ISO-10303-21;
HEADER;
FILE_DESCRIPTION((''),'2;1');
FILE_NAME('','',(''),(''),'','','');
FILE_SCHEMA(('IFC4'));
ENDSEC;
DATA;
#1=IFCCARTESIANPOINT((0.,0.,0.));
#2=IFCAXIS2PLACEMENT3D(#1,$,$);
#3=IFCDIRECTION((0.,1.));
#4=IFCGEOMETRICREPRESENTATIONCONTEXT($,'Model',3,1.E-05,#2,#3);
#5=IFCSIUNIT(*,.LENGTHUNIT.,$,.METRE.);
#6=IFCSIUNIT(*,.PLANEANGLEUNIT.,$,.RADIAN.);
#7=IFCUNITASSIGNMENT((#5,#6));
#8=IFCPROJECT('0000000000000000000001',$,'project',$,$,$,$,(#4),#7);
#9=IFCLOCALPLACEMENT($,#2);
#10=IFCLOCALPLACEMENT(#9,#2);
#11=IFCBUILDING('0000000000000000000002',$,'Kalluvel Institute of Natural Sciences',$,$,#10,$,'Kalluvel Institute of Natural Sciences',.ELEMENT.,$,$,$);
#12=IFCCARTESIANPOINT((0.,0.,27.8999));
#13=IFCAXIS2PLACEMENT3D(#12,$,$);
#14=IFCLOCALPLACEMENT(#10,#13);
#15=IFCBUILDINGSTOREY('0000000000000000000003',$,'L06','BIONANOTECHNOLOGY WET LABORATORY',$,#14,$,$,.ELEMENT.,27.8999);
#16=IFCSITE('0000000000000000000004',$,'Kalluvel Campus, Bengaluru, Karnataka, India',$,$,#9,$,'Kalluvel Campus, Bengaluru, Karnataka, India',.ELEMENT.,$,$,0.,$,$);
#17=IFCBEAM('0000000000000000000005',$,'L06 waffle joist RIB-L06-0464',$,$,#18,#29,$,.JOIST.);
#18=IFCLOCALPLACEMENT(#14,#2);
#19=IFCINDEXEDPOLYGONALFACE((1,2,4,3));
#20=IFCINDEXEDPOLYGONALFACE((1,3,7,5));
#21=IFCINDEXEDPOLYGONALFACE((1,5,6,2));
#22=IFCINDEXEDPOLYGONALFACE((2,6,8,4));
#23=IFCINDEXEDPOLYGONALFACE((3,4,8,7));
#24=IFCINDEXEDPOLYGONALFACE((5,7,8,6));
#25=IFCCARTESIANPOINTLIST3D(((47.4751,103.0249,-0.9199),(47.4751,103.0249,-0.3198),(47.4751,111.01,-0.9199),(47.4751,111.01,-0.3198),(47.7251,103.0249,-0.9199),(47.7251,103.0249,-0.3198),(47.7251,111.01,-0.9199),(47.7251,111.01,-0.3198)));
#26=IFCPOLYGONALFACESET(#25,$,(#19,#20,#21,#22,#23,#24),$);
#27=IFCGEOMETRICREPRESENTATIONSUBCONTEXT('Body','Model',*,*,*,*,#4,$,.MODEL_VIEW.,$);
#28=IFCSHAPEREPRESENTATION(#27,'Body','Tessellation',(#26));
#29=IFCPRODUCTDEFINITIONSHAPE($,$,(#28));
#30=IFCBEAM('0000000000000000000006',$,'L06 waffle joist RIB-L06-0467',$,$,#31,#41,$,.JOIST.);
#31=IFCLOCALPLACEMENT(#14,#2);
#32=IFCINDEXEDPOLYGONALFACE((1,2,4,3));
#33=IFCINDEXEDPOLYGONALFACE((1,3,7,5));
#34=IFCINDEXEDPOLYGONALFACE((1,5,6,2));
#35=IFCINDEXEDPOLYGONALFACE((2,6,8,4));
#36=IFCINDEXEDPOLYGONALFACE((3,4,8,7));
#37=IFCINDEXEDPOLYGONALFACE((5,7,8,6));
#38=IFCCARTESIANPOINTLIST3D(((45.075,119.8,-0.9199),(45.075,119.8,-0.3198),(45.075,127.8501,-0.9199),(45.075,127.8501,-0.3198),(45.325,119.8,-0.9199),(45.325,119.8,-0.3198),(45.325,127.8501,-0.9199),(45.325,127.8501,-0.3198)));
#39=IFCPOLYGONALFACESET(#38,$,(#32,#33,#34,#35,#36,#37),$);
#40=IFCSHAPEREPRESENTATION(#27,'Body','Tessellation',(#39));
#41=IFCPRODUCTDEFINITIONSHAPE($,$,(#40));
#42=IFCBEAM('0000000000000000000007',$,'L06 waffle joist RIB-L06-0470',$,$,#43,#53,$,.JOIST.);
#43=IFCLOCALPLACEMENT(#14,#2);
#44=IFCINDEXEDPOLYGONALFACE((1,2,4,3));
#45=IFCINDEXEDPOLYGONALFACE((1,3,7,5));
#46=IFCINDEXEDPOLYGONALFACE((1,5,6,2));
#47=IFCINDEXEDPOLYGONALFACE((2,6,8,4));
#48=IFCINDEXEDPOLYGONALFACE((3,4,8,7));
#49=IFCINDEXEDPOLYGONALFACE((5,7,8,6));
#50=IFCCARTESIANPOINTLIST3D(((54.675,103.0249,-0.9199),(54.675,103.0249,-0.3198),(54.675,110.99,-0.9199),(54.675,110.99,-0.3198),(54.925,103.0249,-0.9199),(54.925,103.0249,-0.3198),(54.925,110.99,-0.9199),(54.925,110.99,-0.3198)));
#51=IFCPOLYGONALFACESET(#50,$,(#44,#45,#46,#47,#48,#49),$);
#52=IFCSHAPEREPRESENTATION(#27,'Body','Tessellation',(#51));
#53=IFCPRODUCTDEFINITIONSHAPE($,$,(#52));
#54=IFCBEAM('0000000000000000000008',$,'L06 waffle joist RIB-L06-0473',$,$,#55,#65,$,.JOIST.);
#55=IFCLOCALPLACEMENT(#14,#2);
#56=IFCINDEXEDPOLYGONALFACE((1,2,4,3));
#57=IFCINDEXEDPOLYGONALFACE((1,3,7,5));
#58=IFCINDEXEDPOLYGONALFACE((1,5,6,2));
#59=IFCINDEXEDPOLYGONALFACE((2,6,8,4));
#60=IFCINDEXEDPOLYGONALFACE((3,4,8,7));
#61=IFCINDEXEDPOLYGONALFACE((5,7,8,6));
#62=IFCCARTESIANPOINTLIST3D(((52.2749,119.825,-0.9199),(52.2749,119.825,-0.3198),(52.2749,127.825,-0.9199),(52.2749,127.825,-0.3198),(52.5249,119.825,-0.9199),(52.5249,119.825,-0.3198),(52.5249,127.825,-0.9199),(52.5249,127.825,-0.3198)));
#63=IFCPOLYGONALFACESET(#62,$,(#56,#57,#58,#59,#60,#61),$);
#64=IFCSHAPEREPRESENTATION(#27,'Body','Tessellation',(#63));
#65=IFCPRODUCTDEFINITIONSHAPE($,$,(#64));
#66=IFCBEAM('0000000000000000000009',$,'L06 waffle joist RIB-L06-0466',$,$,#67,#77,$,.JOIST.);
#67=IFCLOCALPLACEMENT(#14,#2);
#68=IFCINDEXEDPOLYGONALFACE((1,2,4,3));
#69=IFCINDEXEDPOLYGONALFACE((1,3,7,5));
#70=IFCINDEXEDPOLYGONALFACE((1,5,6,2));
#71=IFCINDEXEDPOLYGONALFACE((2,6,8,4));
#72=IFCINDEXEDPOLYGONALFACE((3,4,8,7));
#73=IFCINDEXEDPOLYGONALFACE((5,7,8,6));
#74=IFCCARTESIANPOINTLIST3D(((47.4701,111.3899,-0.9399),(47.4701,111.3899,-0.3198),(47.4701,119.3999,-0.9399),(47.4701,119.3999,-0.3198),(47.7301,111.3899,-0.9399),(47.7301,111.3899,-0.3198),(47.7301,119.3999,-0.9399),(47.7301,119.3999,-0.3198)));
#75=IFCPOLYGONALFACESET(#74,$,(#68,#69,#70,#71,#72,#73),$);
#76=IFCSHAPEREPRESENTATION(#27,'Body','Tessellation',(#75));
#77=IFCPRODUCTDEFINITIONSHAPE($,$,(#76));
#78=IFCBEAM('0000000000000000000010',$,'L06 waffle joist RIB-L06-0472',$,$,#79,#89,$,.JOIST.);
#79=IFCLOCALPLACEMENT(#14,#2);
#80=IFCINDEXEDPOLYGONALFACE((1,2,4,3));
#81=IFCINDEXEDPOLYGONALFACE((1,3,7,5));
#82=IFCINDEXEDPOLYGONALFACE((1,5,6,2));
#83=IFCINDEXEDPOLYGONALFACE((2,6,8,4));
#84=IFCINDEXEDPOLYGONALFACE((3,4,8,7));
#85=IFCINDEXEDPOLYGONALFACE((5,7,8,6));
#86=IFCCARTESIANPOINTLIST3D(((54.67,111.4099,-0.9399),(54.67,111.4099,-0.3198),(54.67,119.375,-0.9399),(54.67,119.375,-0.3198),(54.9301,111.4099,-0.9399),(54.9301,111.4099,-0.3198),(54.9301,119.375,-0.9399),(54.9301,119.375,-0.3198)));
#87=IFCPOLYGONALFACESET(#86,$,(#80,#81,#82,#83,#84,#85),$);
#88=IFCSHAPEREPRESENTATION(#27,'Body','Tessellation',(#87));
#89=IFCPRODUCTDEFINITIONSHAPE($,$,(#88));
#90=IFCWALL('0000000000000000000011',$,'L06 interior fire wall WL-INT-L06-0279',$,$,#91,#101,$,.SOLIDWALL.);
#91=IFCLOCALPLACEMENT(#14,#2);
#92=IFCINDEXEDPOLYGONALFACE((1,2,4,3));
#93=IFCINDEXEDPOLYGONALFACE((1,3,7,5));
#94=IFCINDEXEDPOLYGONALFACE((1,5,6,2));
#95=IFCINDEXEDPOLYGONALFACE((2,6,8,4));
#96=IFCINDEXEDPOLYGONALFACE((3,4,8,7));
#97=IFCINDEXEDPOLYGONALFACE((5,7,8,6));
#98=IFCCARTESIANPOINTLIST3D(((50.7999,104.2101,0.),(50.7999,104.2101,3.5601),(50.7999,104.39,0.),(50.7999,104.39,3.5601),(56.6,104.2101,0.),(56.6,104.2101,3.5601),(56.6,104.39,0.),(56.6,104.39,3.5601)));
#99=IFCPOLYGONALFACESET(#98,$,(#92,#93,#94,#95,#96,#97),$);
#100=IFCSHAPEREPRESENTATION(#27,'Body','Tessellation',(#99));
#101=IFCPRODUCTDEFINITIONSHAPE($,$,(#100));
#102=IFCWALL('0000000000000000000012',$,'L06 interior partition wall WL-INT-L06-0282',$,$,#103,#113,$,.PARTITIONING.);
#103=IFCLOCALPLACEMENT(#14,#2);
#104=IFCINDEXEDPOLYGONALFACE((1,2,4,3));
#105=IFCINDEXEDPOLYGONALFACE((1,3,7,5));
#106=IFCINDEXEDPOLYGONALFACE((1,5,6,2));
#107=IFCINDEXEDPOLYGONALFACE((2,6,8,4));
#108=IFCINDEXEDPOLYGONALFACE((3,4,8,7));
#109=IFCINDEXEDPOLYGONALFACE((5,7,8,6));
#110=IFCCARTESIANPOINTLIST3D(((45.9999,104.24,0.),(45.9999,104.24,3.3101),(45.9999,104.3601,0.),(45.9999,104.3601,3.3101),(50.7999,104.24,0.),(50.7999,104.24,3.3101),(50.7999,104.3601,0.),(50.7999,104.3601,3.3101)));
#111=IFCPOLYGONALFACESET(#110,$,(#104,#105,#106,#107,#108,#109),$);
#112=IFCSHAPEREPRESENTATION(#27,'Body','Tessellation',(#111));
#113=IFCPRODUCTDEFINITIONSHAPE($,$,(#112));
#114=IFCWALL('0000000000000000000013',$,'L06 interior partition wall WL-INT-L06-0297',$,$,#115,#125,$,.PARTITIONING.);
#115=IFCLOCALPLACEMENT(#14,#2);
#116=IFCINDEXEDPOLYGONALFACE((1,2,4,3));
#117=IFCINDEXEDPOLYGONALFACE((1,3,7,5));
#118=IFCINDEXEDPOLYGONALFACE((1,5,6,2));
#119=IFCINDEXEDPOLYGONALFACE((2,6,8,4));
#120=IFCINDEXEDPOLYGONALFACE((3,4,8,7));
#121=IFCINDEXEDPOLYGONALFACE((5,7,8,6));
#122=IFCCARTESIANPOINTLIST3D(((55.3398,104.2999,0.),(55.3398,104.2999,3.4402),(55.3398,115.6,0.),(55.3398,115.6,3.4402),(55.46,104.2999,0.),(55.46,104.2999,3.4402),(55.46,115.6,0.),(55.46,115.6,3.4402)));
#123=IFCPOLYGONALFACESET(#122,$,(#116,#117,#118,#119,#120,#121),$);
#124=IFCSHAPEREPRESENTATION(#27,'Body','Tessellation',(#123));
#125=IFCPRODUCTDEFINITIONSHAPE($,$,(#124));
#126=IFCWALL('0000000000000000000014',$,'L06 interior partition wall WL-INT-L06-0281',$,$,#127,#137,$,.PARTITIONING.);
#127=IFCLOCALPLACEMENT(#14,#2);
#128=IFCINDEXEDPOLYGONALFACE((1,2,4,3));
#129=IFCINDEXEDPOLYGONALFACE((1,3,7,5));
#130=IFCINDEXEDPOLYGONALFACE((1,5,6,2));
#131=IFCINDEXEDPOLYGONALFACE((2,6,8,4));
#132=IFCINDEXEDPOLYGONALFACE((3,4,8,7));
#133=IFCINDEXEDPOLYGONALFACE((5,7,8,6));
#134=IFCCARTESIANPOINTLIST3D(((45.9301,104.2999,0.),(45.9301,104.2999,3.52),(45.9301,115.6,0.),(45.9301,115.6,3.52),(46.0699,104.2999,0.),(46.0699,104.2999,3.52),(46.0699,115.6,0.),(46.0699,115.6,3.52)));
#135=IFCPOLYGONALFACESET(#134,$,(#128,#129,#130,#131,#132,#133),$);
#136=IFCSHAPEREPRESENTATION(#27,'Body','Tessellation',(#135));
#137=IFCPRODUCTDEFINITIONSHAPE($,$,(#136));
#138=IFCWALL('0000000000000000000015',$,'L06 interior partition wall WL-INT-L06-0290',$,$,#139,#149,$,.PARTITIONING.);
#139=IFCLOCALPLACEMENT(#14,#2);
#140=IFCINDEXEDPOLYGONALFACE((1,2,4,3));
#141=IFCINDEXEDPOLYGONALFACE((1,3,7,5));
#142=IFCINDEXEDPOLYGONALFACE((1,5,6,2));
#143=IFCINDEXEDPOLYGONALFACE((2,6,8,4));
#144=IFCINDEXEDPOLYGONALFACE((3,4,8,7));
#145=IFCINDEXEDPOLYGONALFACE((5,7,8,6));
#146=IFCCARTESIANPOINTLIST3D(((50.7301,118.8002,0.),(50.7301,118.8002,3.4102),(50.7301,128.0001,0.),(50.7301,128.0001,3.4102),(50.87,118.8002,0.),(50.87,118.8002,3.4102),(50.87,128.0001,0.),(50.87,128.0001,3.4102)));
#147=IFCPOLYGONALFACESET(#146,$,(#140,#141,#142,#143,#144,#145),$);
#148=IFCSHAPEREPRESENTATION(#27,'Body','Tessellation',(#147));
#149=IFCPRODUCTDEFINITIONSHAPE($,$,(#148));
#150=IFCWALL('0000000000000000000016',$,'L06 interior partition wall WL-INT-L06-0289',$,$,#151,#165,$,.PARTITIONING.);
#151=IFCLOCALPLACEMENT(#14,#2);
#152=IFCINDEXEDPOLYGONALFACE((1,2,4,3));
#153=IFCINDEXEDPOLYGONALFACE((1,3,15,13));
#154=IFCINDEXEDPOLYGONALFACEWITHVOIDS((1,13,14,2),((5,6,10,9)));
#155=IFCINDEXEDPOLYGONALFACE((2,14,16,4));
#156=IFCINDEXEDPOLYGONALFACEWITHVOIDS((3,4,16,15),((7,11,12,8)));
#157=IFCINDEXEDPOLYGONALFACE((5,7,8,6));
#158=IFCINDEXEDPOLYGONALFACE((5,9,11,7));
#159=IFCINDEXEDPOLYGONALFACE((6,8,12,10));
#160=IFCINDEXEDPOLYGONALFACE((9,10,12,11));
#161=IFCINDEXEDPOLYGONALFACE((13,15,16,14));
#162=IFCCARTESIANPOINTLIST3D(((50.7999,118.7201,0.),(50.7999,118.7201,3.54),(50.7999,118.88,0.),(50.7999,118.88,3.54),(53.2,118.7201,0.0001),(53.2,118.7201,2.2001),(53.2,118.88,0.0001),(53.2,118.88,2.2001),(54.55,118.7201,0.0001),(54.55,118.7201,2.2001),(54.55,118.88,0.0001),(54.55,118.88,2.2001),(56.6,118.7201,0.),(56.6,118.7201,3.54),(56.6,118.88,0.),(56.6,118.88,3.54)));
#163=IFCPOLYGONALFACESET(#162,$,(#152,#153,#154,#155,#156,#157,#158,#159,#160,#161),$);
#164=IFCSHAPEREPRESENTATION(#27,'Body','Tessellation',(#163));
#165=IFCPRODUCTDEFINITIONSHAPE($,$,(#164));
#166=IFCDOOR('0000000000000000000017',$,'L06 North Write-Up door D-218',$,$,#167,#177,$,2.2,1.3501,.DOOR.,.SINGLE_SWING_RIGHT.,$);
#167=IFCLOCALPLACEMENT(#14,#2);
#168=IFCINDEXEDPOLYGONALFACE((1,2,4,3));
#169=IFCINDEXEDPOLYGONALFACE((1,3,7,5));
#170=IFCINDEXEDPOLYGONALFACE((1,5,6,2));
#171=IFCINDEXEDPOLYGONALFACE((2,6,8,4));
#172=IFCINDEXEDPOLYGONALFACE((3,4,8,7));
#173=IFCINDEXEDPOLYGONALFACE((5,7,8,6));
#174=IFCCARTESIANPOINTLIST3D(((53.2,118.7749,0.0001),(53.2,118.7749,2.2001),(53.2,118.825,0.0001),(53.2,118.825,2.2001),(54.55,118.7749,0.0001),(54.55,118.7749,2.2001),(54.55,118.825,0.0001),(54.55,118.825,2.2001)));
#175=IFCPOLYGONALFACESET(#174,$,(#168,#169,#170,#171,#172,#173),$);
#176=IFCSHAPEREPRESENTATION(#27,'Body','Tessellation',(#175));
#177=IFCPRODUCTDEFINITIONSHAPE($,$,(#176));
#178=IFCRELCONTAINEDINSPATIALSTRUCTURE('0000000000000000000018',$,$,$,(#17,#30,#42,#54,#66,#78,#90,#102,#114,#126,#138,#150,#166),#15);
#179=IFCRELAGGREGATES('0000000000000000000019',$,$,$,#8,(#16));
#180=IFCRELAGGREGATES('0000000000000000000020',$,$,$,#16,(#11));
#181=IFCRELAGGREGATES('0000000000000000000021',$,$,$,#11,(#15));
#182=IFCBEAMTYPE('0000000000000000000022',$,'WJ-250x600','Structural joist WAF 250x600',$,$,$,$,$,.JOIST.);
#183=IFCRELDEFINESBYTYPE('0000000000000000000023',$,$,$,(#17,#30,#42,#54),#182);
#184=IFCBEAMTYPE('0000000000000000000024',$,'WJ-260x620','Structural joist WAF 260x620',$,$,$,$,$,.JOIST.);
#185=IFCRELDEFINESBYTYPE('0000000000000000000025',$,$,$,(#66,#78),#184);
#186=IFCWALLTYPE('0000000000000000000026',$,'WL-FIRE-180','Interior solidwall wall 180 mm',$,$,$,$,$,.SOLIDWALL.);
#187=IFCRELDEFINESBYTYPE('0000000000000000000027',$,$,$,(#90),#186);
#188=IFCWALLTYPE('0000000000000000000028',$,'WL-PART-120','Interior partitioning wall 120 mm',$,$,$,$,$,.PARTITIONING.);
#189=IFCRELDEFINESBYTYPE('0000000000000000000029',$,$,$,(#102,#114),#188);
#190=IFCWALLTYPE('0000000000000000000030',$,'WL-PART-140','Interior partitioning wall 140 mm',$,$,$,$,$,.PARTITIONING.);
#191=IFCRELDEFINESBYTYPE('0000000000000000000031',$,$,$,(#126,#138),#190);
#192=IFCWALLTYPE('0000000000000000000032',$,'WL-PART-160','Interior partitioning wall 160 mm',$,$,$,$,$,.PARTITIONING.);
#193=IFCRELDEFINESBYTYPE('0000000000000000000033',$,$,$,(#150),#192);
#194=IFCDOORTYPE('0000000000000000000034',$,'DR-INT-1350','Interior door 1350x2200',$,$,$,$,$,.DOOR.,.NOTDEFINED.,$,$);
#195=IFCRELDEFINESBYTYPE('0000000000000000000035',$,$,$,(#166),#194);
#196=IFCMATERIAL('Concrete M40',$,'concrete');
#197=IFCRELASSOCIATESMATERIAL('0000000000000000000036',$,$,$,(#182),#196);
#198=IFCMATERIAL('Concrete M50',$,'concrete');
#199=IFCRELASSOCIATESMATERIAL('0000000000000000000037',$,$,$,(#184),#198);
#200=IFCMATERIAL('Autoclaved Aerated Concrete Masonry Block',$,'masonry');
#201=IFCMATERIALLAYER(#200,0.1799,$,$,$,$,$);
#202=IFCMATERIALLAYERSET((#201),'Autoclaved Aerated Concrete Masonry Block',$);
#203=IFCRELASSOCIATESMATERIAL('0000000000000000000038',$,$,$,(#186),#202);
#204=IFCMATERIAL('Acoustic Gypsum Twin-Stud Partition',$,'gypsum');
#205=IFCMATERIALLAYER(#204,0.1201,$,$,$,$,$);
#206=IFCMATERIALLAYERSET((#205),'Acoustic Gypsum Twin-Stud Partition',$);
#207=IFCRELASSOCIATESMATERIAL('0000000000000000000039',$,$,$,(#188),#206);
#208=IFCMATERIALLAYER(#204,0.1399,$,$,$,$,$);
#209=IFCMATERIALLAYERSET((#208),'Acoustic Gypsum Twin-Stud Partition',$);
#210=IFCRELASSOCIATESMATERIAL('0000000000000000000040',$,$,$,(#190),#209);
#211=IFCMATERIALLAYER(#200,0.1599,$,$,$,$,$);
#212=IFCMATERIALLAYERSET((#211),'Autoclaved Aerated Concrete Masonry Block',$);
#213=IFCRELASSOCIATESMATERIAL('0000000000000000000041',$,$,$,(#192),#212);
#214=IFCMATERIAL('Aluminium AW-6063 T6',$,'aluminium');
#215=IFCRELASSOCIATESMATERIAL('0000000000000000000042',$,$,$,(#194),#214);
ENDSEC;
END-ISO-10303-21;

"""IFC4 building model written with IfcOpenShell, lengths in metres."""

from ifc_helpers import new_model, si_unit, direction, frame, frame_2d, origin, origin_2d, place, context, subcontext, project, spatial, rectangle, extrude, material, layer, layer_set, material_profile, profile_set, type_object, element, fill, save


model = new_model("IFC4")

# Units and contexts
model_context = context("Model", 3, precision=1e-05, world=origin(), true_north=direction((0.0, 1.0)))
body_context = subcontext(model_context, "Body", "Model", "MODEL_VIEW")
ifc_project = project(units=[si_unit("LENGTHUNIT", "METRE"), si_unit("PLANEANGLEUNIT", "RADIAN")], contexts=[model_context])

# Site, building, storey
site_placement = place(None, origin())
site = spatial("IfcSite", under=ifc_project, at=site_placement, Name="Kalluvel Campus, Bengaluru, Karnataka, India", LongName="Kalluvel Campus, Bengaluru, Karnataka, India", CompositionType="ELEMENT", RefElevation=0.0)
building_placement = place(site_placement, origin())
building = spatial("IfcBuilding", under=site, at=building_placement, Name="Kalluvel Institute of Natural Sciences", LongName="Kalluvel Institute of Natural Sciences", CompositionType="ELEMENT")
storey_placement = place(building_placement, frame((0.0, 0.0, 27.8999)))
storey = spatial("IfcBuildingStorey", under=building, at=storey_placement, Name="L06", Description="BIONANOTECHNOLOGY WET LABORATORY", CompositionType="ELEMENT", Elevation=27.8999)

# Shared definitions
ifc_material_1 = material(Name="Concrete M40", Category="concrete")

# Beams
ifc_material_2 = material(Name="Concrete M50", Category="concrete")
ifc_material_profile_1 = material_profile(ifc_material_1, rectangle(XDim=0.25, YDim=0.6001, at=origin_2d()), Name="WAF 250x600")
ifc_profile_set_1 = profile_set([ifc_material_profile_1], Name="Concrete M40")
beam_type_1 = type_object("IfcBeamType", Name="WJ-250x600", Description="Structural joist WAF 250x600", PredefinedType="JOIST", material=ifc_profile_set_1)
beam_1_placement = place(storey_placement, frame((47.6001, 103.0249, -0.6199), z_axis=(0.0, 1.0, 0.0), x_axis=(-1.0, 0.0, 0.0)))
element("IfcBeam", 1, at=beam_1_placement, inside=storey, type_object=beam_type_1, Name="L06 waffle joist RIB-L06-0464", PredefinedType="JOIST", context=body_context, shape_type="SweptSolid", body=[
    extrude(rectangle(XDim=0.25, YDim=0.6001, at=origin_2d()), origin(), (0.0, 0.0, 1.0), 7.9851),
])
beam_2_placement = place(storey_placement, frame((45.2, 119.8, -0.6199), z_axis=(0.0, 1.0, 0.0), x_axis=(-1.0, 0.0, 0.0)))
element("IfcBeam", 2, at=beam_2_placement, inside=storey, type_object=beam_type_1, Name="L06 waffle joist RIB-L06-0467", PredefinedType="JOIST", context=body_context, shape_type="SweptSolid", body=[
    extrude(rectangle(XDim=0.25, YDim=0.6001, at=origin_2d()), origin(), (0.0, 0.0, 1.0), 8.05),
])
beam_3_placement = place(storey_placement, frame((54.8, 103.0249, -0.6199), z_axis=(0.0, 1.0, 0.0), x_axis=(-1.0, 0.0, 0.0)))
element("IfcBeam", 3, at=beam_3_placement, inside=storey, type_object=beam_type_1, Name="L06 waffle joist RIB-L06-0470", PredefinedType="JOIST", context=body_context, shape_type="SweptSolid", body=[
    extrude(rectangle(XDim=0.25, YDim=0.6001, at=origin_2d()), origin(), (0.0, 0.0, 1.0), 7.9651),
])
beam_4_placement = place(storey_placement, frame((52.3999, 119.825, -0.6199), z_axis=(0.0, 1.0, 0.0), x_axis=(-1.0, 0.0, 0.0)))
element("IfcBeam", 4, at=beam_4_placement, inside=storey, type_object=beam_type_1, Name="L06 waffle joist RIB-L06-0473", PredefinedType="JOIST", context=body_context, shape_type="SweptSolid", body=[
    extrude(rectangle(XDim=0.25, YDim=0.6001, at=origin_2d()), origin(), (0.0, 0.0, 1.0), 8.0),
])
ifc_material_profile_2 = material_profile(ifc_material_2, rectangle(XDim=0.26, YDim=0.6201, at=origin_2d()), Name="WAF 260x620")
ifc_profile_set_2 = profile_set([ifc_material_profile_2], Name="Concrete M50")
beam_type_2 = type_object("IfcBeamType", Name="WJ-260x620", Description="Structural joist WAF 260x620", PredefinedType="JOIST", material=ifc_profile_set_2)
beam_5_placement = place(storey_placement, frame((47.6001, 111.3899, -0.6299), z_axis=(0.0, 1.0, 0.0), x_axis=(-1.0, 0.0, 0.0)))
element("IfcBeam", 5, at=beam_5_placement, inside=storey, type_object=beam_type_2, Name="L06 waffle joist RIB-L06-0466", PredefinedType="JOIST", context=body_context, shape_type="SweptSolid", body=[
    extrude(rectangle(XDim=0.26, YDim=0.6201, at=origin_2d()), origin(), (0.0, 0.0, 1.0), 8.01),
])
beam_6_placement = place(storey_placement, frame((54.8, 111.4099, -0.6299), z_axis=(0.0, 1.0, 0.0), x_axis=(-1.0, 0.0, 0.0)))
element("IfcBeam", 6, at=beam_6_placement, inside=storey, type_object=beam_type_2, Name="L06 waffle joist RIB-L06-0472", PredefinedType="JOIST", context=body_context, shape_type="SweptSolid", body=[
    extrude(rectangle(XDim=0.26, YDim=0.6201, at=origin_2d()), origin(), (0.0, 0.0, 1.0), 7.9651),
])

# Walls
ifc_material_3 = material(Name="Autoclaved Aerated Concrete Masonry Block", Category="masonry")
ifc_layer_1 = layer(ifc_material_3, 0.1799)
ifc_layer_set_1 = layer_set([ifc_layer_1], Name="Autoclaved Aerated Concrete Masonry Block")
wall_type_1 = type_object("IfcWallType", Name="WL-FIRE-180", Description="Interior solidwall wall 180 mm", PredefinedType="SOLIDWALL", material=ifc_layer_set_1)
wall_1_placement = place(storey_placement, frame((50.8, 104.3, 0.0), z_axis=(0.0, 0.0, 1.0), x_axis=(1.0, 0.0, 0.0)))
element("IfcWall", 7, at=wall_1_placement, inside=storey, type_object=wall_type_1, Name="L06 interior fire wall WL-INT-L06-0279", PredefinedType="SOLIDWALL", context=body_context, shape_type="SweptSolid", body=[
    extrude(rectangle(XDim=5.8, YDim=0.1799, at=frame_2d((2.8999, 0.0))), origin(), (0.0, 0.0, 1.0), 3.5601),
])
ifc_material_4 = material(Name="Acoustic Gypsum Twin-Stud Partition", Category="gypsum")
ifc_layer_2 = layer(ifc_material_4, 0.1201)
ifc_layer_set_2 = layer_set([ifc_layer_2], Name="Acoustic Gypsum Twin-Stud Partition")
wall_type_2 = type_object("IfcWallType", Name="WL-PART-120", Description="Interior partitioning wall 120 mm", PredefinedType="PARTITIONING", material=ifc_layer_set_2)
wall_2_placement = place(storey_placement, frame((46.0, 104.3, 0.0), z_axis=(0.0, 0.0, 1.0), x_axis=(1.0, 0.0, 0.0)))
element("IfcWall", 8, at=wall_2_placement, inside=storey, type_object=wall_type_2, Name="L06 interior partition wall WL-INT-L06-0282", PredefinedType="PARTITIONING", context=body_context, shape_type="SweptSolid", body=[
    extrude(rectangle(XDim=4.8, YDim=0.1201, at=frame_2d((2.3999, 0.0))), origin(), (0.0, 0.0, 1.0), 3.3101),
])
wall_3_placement = place(storey_placement, frame((55.3999, 104.3, 0.0), z_axis=(0.0, 0.0, 1.0), x_axis=(0.0, 1.0, 0.0)))
element("IfcWall", 9, at=wall_3_placement, inside=storey, type_object=wall_type_2, Name="L06 interior partition wall WL-INT-L06-0297", PredefinedType="PARTITIONING", context=body_context, shape_type="SweptSolid", body=[
    extrude(rectangle(XDim=11.3, YDim=0.1201, at=frame_2d((5.6499, 0.0))), origin(), (0.0, 0.0, 1.0), 3.4402),
])
ifc_layer_3 = layer(ifc_material_4, 0.1399)
ifc_layer_set_3 = layer_set([ifc_layer_3], Name="Acoustic Gypsum Twin-Stud Partition")
wall_type_3 = type_object("IfcWallType", Name="WL-PART-140", Description="Interior partitioning wall 140 mm", PredefinedType="PARTITIONING", material=ifc_layer_set_3)
wall_4_placement = place(storey_placement, frame((46.0, 104.3, 0.0), z_axis=(0.0, 0.0, 1.0), x_axis=(0.0, 1.0, 0.0)))
element("IfcWall", 10, at=wall_4_placement, inside=storey, type_object=wall_type_3, Name="L06 interior partition wall WL-INT-L06-0281", PredefinedType="PARTITIONING", context=body_context, shape_type="SweptSolid", body=[
    extrude(rectangle(XDim=11.3, YDim=0.1399, at=frame_2d((5.6499, 0.0))), origin(), (0.0, 0.0, 1.0), 3.52),
])
wall_5_placement = place(storey_placement, frame((50.8, 118.8, 0.0), z_axis=(0.0, 0.0, 1.0), x_axis=(0.0, 1.0, 0.0)))
element("IfcWall", 11, at=wall_5_placement, inside=storey, type_object=wall_type_3, Name="L06 interior partition wall WL-INT-L06-0290", PredefinedType="PARTITIONING", context=body_context, shape_type="SweptSolid", body=[
    extrude(rectangle(XDim=9.2, YDim=0.1399, at=frame_2d((4.6001, 0.0))), origin(), (0.0, 0.0, 1.0), 3.4102),
])

# Wall, opening, door
ifc_layer_4 = layer(ifc_material_3, 0.1599)
ifc_layer_set_4 = layer_set([ifc_layer_4], Name="Autoclaved Aerated Concrete Masonry Block")
wall_type_4 = type_object("IfcWallType", Name="WL-PART-160", Description="Interior partitioning wall 160 mm", PredefinedType="PARTITIONING", material=ifc_layer_set_4)
wall_6_placement = place(storey_placement, frame((50.8, 118.8, 0.0), z_axis=(0.0, 0.0, 1.0), x_axis=(1.0, 0.0, 0.0)))
wall_6 = element("IfcWall", 12, at=wall_6_placement, inside=storey, type_object=wall_type_4, Name="L06 interior partition wall WL-INT-L06-0289", PredefinedType="PARTITIONING", context=body_context, shape_type="SweptSolid", body=[
    extrude(rectangle(XDim=5.8, YDim=0.1599, at=frame_2d((2.8999, 0.0))), origin(), (0.0, 0.0, 1.0), 3.54),
])
opening_1_placement = place(wall_6_placement, frame((2.3999, 0.0, 0.0)))
opening_1 = element("IfcOpeningElement", 13, at=opening_1_placement, cuts=wall_6, PredefinedType="OPENING", context=body_context, shape_type="SweptSolid", body=[
    extrude(rectangle(XDim=1.3501, YDim=2.2, at=frame_2d((0.675, 1.1001))), frame((0.0, 0.0898, 0.0), z_axis=(0.0, -1.0, 0.0), x_axis=(1.0, 0.0, 0.0)), (0.0, 0.0, 1.0), 0.1799),
])
ifc_material_5 = material(Name="Aluminium AW-6063 T6", Category="aluminium")
door_type_1 = type_object("IfcDoorType", Name="DR-INT-1350", Description="Interior door 1350x2200", OperationType="NOTDEFINED", PredefinedType="DOOR", material=ifc_material_5)
door_1_placement = place(opening_1_placement, origin())
door_1 = element("IfcDoor", 14, at=door_1_placement, inside=storey, type_object=door_type_1, Name="L06 North Write-Up door D-218", OperationType="SINGLE_SWING_RIGHT", OverallHeight=2.2, OverallWidth=1.3501, PredefinedType="DOOR", context=body_context, shape_type="SweptSolid", body=[
    extrude(rectangle(XDim=1.3501, YDim=2.2, at=frame_2d((0.675, 1.1001))), frame((0.0, 0.0249, 0.0), z_axis=(0.0, -1.0, 0.0), x_axis=(1.0, 0.0, 0.0)), (0.0, 0.0, 1.0), 0.05),
])
fill(opening_1, door_1)

save(model, "model.ifc")
